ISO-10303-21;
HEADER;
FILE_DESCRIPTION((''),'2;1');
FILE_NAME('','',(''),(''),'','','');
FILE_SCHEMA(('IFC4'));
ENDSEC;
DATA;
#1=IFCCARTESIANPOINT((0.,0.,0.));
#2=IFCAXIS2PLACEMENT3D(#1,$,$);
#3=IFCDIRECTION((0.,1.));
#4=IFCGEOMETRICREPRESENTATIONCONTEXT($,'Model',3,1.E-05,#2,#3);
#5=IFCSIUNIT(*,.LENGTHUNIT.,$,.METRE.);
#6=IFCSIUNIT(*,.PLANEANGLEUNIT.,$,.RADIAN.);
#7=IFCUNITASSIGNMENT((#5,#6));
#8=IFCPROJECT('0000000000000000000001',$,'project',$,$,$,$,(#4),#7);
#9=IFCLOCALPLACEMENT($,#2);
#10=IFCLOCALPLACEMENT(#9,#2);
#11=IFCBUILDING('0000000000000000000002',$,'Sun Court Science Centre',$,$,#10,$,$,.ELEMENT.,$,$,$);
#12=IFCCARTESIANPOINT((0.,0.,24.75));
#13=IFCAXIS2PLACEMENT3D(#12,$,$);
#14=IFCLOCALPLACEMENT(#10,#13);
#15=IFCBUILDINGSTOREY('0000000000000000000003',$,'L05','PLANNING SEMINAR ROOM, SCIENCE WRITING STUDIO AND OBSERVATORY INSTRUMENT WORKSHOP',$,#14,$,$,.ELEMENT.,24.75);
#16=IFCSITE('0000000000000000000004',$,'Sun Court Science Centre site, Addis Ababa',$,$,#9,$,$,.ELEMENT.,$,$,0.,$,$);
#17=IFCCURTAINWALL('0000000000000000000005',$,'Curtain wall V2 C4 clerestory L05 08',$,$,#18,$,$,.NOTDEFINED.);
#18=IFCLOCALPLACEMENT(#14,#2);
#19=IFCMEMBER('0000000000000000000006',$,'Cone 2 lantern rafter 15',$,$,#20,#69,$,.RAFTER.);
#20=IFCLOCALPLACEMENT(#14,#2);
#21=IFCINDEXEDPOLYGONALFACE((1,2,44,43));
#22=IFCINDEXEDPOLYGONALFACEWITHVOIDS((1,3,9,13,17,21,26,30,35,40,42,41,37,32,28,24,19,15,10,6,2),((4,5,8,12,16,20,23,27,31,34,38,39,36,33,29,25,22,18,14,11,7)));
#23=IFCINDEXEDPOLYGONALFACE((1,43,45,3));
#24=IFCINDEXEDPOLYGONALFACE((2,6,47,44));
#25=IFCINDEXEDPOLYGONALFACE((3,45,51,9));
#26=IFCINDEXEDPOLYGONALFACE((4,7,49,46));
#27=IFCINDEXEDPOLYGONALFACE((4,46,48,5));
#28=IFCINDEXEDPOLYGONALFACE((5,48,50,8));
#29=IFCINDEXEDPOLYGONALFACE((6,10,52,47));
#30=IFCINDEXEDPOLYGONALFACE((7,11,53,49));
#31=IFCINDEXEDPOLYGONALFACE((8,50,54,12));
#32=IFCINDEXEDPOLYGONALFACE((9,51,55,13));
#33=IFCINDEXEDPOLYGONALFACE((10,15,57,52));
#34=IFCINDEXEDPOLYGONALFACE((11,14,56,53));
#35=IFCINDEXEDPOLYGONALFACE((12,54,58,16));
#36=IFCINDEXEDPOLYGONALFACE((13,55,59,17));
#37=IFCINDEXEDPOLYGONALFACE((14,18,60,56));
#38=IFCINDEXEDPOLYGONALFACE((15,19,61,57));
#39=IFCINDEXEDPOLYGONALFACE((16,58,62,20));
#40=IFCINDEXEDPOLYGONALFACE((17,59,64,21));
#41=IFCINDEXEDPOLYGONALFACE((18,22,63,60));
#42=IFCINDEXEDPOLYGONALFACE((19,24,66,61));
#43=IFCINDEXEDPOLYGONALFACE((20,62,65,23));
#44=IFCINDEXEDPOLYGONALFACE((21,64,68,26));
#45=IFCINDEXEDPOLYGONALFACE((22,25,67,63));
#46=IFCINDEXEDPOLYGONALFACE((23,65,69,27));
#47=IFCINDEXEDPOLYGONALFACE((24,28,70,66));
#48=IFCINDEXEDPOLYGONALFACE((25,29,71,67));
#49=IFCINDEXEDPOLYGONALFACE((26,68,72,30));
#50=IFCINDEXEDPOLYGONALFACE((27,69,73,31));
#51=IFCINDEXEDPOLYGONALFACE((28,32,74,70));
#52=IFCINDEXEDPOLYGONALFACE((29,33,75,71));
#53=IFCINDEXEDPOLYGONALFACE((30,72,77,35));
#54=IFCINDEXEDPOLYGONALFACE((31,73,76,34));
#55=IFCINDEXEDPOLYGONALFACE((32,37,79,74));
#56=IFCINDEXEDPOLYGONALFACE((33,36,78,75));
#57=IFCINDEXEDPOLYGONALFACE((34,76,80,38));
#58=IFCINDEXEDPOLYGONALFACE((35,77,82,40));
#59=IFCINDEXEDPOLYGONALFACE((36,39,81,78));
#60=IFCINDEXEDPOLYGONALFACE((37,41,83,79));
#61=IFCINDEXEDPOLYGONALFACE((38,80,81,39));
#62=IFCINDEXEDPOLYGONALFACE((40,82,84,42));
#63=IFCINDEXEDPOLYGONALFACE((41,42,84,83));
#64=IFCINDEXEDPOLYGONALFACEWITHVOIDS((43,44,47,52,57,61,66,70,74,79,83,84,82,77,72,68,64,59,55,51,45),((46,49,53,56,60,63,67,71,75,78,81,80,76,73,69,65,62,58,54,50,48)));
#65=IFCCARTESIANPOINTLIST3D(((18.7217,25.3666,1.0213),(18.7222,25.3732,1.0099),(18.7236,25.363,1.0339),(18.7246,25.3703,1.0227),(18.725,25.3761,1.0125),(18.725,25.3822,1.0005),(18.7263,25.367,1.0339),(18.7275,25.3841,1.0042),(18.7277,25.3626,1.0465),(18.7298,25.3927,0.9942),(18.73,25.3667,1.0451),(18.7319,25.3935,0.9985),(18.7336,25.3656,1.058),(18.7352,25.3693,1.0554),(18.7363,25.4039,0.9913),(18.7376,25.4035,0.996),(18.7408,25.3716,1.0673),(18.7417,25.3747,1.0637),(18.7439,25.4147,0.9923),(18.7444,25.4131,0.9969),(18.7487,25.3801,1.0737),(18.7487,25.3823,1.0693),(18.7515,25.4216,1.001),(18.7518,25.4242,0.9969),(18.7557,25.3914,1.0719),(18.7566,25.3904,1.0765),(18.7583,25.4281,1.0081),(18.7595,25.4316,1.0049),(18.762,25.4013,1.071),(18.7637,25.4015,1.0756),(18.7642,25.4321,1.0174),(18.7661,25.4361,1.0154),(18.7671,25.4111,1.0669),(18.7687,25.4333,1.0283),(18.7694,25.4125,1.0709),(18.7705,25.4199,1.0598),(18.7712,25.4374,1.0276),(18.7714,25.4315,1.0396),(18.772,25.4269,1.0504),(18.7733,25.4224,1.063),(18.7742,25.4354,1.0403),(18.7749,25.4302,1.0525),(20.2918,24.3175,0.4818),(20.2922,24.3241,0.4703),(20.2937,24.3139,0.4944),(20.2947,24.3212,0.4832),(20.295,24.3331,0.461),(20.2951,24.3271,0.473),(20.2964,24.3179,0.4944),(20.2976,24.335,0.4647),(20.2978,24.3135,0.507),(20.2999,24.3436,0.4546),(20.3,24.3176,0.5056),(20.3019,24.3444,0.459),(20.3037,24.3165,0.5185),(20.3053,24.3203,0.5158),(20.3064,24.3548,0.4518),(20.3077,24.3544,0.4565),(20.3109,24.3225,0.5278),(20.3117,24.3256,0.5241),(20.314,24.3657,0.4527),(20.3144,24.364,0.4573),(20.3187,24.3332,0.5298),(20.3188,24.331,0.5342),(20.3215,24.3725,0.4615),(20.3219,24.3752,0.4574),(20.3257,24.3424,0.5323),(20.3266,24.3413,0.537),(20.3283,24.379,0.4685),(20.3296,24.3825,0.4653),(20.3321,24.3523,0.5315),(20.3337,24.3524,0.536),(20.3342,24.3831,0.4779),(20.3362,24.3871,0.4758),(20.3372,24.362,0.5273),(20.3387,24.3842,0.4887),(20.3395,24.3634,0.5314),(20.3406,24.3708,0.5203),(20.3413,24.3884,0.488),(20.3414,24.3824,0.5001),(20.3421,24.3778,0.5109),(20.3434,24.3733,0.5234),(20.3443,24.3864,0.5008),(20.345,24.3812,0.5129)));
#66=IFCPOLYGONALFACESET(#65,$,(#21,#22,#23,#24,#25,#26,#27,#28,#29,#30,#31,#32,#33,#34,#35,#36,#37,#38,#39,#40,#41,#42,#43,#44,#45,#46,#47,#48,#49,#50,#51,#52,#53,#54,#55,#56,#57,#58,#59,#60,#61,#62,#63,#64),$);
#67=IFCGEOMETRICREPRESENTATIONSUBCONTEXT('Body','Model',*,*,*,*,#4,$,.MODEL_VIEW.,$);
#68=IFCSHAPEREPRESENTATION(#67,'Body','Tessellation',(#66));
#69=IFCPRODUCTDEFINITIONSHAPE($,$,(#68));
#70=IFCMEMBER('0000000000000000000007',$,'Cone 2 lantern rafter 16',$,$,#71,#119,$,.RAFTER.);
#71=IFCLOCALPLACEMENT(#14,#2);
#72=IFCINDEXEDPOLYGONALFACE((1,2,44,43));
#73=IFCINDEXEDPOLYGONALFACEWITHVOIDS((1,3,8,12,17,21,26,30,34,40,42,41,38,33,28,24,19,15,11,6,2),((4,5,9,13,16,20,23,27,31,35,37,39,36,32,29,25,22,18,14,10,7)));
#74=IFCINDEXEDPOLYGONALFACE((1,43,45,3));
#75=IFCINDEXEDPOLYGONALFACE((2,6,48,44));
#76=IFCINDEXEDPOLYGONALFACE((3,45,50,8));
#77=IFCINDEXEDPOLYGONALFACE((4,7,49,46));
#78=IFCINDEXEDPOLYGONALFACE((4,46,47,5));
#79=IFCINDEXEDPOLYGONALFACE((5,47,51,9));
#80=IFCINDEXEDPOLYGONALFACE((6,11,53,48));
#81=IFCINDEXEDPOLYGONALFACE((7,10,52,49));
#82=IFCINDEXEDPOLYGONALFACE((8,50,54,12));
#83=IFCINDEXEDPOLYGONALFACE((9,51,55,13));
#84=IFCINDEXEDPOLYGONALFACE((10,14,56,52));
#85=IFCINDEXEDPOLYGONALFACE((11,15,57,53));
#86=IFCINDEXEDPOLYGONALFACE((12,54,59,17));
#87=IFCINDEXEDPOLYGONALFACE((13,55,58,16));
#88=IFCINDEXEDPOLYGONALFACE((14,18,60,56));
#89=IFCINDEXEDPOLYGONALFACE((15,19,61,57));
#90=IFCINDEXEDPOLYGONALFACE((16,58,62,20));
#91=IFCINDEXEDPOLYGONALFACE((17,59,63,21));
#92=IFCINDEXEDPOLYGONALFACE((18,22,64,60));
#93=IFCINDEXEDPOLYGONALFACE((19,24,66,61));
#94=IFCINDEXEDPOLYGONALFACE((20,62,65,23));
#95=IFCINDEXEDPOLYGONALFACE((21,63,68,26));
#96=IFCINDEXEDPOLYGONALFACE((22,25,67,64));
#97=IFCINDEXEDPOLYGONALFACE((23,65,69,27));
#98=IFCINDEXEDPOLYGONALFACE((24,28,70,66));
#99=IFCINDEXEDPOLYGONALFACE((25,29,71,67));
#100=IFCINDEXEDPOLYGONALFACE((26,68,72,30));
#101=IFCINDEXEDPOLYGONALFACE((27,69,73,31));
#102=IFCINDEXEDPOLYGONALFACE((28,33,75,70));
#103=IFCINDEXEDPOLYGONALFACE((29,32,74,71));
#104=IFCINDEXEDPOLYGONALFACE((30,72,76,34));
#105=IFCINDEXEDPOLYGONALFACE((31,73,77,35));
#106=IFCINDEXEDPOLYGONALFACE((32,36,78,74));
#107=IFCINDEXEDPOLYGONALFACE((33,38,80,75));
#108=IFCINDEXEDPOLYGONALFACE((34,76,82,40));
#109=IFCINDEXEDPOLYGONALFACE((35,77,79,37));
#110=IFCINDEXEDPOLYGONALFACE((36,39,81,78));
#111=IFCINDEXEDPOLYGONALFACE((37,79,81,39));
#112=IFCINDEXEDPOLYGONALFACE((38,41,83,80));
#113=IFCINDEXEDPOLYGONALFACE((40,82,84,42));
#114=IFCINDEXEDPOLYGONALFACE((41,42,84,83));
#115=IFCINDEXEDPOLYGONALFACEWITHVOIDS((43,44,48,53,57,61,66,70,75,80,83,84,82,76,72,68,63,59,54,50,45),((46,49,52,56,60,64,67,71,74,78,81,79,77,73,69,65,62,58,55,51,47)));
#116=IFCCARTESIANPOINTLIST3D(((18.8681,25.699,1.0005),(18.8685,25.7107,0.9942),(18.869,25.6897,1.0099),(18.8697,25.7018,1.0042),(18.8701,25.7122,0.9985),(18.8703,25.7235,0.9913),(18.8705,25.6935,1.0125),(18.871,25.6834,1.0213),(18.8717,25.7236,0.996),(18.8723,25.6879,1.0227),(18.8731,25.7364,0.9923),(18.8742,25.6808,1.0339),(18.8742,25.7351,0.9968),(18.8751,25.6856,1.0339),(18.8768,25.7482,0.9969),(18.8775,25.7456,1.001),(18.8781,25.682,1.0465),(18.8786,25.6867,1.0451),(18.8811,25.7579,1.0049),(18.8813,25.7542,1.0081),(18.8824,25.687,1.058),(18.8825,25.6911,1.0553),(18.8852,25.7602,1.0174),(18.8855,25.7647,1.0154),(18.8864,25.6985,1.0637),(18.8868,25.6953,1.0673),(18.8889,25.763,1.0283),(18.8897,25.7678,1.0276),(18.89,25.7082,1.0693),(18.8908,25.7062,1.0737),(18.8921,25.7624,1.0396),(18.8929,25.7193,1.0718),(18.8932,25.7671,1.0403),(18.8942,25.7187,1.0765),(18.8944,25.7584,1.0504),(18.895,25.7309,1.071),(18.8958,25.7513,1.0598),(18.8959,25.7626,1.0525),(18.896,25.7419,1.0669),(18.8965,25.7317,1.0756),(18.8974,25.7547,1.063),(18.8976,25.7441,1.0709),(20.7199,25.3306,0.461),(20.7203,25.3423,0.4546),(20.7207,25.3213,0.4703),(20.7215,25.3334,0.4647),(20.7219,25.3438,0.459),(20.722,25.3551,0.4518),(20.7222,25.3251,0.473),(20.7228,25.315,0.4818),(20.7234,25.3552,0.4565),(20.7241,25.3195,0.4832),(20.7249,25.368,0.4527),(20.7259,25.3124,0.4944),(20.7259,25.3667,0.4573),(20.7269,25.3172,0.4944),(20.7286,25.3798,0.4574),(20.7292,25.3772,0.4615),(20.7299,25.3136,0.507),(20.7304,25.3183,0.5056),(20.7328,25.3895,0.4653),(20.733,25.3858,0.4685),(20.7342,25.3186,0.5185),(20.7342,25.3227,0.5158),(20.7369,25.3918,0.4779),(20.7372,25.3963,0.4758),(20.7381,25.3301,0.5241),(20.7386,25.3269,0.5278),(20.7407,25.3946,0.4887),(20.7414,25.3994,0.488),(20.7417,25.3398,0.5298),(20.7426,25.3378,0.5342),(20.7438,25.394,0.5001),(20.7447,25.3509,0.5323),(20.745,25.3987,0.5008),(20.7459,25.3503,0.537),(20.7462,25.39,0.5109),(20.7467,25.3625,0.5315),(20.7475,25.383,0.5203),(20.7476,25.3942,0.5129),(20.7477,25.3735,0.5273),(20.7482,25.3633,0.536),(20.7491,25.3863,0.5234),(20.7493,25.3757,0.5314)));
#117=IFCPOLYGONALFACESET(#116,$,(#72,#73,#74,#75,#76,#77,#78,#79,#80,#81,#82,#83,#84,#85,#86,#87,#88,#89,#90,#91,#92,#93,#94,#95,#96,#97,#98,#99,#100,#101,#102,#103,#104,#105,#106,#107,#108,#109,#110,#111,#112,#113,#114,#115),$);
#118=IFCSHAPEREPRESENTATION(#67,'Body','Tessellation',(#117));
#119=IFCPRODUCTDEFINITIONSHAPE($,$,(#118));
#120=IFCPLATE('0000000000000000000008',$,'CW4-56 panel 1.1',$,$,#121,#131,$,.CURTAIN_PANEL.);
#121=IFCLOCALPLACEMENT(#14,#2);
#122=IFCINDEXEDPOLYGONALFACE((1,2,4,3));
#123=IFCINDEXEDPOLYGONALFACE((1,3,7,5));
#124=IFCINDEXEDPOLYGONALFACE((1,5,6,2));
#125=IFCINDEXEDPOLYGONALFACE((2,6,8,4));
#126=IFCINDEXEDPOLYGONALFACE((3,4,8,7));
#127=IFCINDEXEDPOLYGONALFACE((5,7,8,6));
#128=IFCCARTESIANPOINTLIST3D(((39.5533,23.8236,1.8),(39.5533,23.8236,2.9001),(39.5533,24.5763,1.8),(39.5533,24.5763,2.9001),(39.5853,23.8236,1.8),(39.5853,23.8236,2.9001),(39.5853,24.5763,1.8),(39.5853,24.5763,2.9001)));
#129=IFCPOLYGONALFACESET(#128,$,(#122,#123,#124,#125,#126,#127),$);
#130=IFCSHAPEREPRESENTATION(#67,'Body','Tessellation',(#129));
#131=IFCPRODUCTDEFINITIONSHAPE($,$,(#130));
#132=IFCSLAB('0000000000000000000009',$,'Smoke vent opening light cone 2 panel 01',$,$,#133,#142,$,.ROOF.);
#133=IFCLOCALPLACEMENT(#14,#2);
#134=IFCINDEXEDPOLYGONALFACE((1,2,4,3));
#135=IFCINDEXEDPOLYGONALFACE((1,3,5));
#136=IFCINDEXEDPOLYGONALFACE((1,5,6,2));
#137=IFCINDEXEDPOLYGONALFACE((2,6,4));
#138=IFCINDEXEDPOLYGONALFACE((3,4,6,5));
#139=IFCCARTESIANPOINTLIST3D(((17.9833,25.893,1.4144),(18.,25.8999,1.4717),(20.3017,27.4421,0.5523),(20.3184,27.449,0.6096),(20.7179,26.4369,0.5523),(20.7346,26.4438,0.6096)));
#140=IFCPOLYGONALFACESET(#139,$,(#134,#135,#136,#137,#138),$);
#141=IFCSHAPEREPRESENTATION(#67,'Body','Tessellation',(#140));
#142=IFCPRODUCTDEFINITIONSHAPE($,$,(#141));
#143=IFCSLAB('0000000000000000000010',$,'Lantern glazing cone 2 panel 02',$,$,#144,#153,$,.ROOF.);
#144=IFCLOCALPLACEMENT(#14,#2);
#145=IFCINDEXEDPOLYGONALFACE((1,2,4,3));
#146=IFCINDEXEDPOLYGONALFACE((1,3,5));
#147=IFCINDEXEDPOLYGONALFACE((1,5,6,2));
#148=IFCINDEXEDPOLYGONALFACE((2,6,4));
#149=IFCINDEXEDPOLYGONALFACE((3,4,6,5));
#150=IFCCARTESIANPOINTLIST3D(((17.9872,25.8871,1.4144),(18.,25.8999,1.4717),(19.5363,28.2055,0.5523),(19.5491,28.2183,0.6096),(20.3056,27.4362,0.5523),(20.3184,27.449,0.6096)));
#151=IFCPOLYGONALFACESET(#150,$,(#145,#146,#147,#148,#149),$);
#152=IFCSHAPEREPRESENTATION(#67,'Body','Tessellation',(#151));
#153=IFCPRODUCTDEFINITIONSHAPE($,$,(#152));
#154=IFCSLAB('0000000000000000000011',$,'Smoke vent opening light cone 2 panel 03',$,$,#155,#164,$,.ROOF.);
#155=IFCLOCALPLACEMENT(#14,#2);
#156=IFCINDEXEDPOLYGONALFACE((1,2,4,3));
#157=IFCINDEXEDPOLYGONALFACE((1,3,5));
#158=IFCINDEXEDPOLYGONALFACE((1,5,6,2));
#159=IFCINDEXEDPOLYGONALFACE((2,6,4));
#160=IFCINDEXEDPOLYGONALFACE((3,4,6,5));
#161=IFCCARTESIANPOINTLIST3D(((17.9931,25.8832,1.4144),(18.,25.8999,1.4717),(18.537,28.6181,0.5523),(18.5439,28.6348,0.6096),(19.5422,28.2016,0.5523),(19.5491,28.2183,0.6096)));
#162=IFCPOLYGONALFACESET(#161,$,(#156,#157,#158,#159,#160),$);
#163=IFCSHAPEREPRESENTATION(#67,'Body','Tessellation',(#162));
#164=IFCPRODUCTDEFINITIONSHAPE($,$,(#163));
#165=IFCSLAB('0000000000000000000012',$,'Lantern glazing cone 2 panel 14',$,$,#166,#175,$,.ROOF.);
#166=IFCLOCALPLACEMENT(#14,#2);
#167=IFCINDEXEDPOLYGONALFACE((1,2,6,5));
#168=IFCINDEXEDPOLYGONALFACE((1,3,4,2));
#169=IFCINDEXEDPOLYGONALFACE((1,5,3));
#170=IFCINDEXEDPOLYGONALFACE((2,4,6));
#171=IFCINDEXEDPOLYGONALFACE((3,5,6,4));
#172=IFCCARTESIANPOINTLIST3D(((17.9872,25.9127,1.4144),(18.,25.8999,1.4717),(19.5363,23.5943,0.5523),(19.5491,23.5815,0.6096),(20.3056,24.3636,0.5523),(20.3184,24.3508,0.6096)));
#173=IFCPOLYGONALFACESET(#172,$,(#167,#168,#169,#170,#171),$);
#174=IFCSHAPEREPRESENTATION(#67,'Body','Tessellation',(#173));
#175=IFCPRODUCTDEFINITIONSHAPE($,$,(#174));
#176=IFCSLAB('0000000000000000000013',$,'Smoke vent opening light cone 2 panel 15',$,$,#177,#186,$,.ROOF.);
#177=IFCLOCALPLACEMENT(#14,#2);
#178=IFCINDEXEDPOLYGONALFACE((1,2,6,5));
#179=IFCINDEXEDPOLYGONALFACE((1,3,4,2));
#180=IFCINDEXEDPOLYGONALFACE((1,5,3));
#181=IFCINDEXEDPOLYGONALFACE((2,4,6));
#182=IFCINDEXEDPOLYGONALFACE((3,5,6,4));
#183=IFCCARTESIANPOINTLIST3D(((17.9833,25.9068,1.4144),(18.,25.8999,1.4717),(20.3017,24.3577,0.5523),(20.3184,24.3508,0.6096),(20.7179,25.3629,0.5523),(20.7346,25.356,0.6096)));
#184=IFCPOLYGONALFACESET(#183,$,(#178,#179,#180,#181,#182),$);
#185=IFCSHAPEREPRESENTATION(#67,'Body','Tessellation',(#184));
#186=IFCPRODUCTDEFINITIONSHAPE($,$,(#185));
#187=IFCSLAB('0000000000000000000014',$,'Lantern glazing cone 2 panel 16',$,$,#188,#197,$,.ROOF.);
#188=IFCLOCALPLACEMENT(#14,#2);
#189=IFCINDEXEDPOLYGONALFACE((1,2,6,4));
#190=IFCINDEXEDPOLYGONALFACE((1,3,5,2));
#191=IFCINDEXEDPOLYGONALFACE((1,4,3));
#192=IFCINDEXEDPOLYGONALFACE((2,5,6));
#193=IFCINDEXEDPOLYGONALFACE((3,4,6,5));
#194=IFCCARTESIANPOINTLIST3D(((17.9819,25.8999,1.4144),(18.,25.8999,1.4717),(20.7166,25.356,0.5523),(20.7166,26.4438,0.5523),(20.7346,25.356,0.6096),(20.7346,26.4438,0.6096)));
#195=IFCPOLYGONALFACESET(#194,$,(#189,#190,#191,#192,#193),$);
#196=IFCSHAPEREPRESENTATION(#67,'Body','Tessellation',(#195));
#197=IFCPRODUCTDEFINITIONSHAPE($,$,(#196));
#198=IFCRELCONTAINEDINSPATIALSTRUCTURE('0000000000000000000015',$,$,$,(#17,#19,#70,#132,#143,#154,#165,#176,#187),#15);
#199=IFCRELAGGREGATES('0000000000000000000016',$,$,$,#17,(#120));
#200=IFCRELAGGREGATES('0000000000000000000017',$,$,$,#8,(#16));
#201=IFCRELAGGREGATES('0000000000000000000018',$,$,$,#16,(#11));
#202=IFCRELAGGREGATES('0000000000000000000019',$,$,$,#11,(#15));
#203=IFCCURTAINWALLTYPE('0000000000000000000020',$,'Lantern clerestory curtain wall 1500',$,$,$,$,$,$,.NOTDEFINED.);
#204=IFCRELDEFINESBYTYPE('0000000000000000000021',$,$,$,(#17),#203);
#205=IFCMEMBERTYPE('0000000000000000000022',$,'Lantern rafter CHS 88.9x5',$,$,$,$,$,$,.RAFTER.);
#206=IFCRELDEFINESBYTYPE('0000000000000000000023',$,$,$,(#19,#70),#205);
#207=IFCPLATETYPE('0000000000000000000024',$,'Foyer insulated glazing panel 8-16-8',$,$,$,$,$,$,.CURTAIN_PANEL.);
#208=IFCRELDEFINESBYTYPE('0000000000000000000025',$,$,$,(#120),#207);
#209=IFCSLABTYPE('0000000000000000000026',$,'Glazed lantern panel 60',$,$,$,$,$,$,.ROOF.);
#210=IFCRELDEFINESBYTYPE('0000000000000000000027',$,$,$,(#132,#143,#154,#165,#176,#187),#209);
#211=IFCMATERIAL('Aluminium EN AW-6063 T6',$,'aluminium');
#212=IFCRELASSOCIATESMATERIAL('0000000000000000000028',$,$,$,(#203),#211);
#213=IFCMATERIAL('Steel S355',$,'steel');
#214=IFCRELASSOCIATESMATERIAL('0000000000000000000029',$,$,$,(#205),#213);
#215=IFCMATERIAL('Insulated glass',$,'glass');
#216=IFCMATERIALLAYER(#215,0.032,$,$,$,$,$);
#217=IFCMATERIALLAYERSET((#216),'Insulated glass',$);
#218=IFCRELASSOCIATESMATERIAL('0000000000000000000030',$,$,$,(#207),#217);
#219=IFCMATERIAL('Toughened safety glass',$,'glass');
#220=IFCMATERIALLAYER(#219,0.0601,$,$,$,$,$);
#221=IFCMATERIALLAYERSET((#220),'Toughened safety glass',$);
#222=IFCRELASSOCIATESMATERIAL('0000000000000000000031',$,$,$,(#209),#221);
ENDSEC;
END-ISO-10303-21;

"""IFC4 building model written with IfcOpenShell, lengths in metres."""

from ifc_helpers import new_model, si_unit, direction, frame, origin, origin_2d, place, context, subcontext, project, spatial, polyline, rectangle, hollow_circle, outline, extrude, material, layer, layer_set, material_profile, profile_set, type_object, element, aggregate, save


model = new_model("IFC4")

# Units and contexts
model_context = context("Model", 3, precision=1e-05, world=origin(), true_north=direction((0.0, 1.0)))
body_context = subcontext(model_context, "Body", "Model", "MODEL_VIEW")
ifc_project = project(units=[si_unit("LENGTHUNIT", "METRE"), si_unit("PLANEANGLEUNIT", "RADIAN")], contexts=[model_context])

# Site, building, storey
site_placement = place(None, origin())
site = spatial("IfcSite", under=ifc_project, at=site_placement, Name="Sun Court Science Centre site, Addis Ababa", CompositionType="ELEMENT", RefElevation=0.0)
building_placement = place(site_placement, origin())
building = spatial("IfcBuilding", under=site, at=building_placement, Name="Sun Court Science Centre", CompositionType="ELEMENT")
storey_placement = place(building_placement, frame((0.0, 0.0, 24.75)))
storey = spatial("IfcBuildingStorey", under=building, at=storey_placement, Name="L05", Description="PLANNING SEMINAR ROOM, SCIENCE WRITING STUDIO AND OBSERVATORY INSTRUMENT WORKSHOP", CompositionType="ELEMENT", Elevation=24.75)

# Shared definitions
ifc_material_1 = material(Name="Aluminium EN AW-6063 T6", Category="aluminium")
curtain_wall_type = type_object("IfcCurtainWallType", Name="Lantern clerestory curtain wall 1500", PredefinedType="NOTDEFINED", material=ifc_material_1)

# Curtain wall
curtain_wall_1_placement = place(storey_placement, origin())
curtain_wall_1 = element("IfcCurtainWall", 1, at=curtain_wall_1_placement, inside=storey, type_object=curtain_wall_type, Name="Curtain wall V2 C4 clerestory L05 08", PredefinedType="NOTDEFINED")

# Members
ifc_material_2 = material(Name="Steel S355", Category="steel")
ifc_material_profile_1 = material_profile(ifc_material_2, hollow_circle(Radius=0.0444, WallThickness=0.0049, at=origin_2d()), Name="CHS 88.9x5")
ifc_profile_set_1 = profile_set([ifc_material_profile_1], Name="Steel S355")
member_type_1 = type_object("IfcMemberType", Name="Lantern rafter CHS 88.9x5", PredefinedType="RAFTER", material=ifc_profile_set_1)
for number, where, z_axis, x_axis, name in (
    (2, (20.3184, 24.3508, 0.4944), (-0.799477, 0.534186, 0.274739), (-0.555565, -0.831473, 0.0), "Cone 2 lantern rafter 15"),
):
    element("IfcMember", number, at=place(storey_placement, frame(where, z_axis=z_axis, x_axis=x_axis)), inside=storey, type_object=member_type_1, Name=name, PredefinedType="RAFTER", context=body_context, shape_type="SweptSolid", body=[
        extrude(hollow_circle(Radius=0.0444, WallThickness=0.0049, at=origin_2d()), origin(), (0.0, 0.0, 1.0), 1.9639),
    ])
member_1_placement = place(storey_placement, frame((20.7346, 25.356, 0.4944), z_axis=(-0.94303, 0.187611, 0.274766), x_axis=(-0.195121, -0.980779, 0.0)))
element("IfcMember", 3, at=member_1_placement, inside=storey, type_object=member_type_1, Name="Cone 2 lantern rafter 16", PredefinedType="RAFTER", context=body_context, shape_type="SweptSolid", body=[
    extrude(hollow_circle(Radius=0.0444, WallThickness=0.0049, at=origin_2d()), origin(), (0.0, 0.0, 1.0), 1.9636),
])

# Plate
ifc_material_3 = material(Name="Insulated glass", Category="glass")
ifc_layer_1 = layer(ifc_material_3, 0.032)
ifc_layer_set_1 = layer_set([ifc_layer_1], Name="Insulated glass")
plate_type = type_object("IfcPlateType", Name="Foyer insulated glazing panel 8-16-8", PredefinedType="CURTAIN_PANEL", material=ifc_layer_set_1)
plate_placement = place(storey_placement, frame((39.5693, 24.2, 1.8), z_axis=(0.0, 0.0, 1.0), x_axis=(0.0, 1.0, 0.0)))
plate = element("IfcPlate", 4, at=plate_placement, type_object=plate_type, Name="CW4-56 panel 1.1", PredefinedType="CURTAIN_PANEL", context=body_context, shape_type="SweptSolid", body=[
    extrude(rectangle(XDim=0.7527, YDim=0.032, at=origin_2d()), origin(), (0.0, 0.0, 1.0), 1.1001),
])
aggregate(curtain_wall_1, [plate])

# Slabs
ifc_material_4 = material(Name="Toughened safety glass", Category="glass")
ifc_layer_2 = layer(ifc_material_4, 0.0601)
ifc_layer_set_2 = layer_set([ifc_layer_2], Name="Toughened safety glass")
slab_type = type_object("IfcSlabType", Name="Glazed lantern panel 60", PredefinedType="ROOF", material=ifc_layer_set_2)
slab_1_placement = place(storey_placement, frame((20.7346, 26.4438, 0.6096), z_axis=(0.277773, 0.115036, 0.953734), x_axis=(-0.382623, 0.923905, 0.0)))
element("IfcSlab", 5, at=slab_1_placement, inside=storey, type_object=slab_type, Name="Smoke vent opening light cone 2 panel 01", PredefinedType="ROOF", context=body_context, shape_type="SweptSolid", body=[
    extrude(outline(polyline([(0.0, 0.0), (1.0879, 0.0), (0.5438, 2.8673), (0.0, 0.0)])), origin(), (0.0, 0.0, -1.0), 0.0601),
])
slab_2_placement = place(storey_placement, frame((20.3184, 27.449, 0.6096), z_axis=(0.21259, 0.21259, 0.953735), x_axis=(-0.707107, 0.707107, 0.0)))
element("IfcSlab", 6, at=slab_2_placement, inside=storey, type_object=slab_type, Name="Lantern glazing cone 2 panel 02", PredefinedType="ROOF", context=body_context, shape_type="SweptSolid", body=[
    extrude(outline(polyline([(0.0, 0.0), (1.0879, 0.0), (0.544, 2.8673), (0.0, 0.0)])), origin(), (0.0, 0.0, -1.0), 0.0601),
])
slab_3_placement = place(storey_placement, frame((19.5491, 28.2183, 0.6096), z_axis=(0.115089, 0.277739, 0.953738), x_axis=(-0.923825, 0.382814, 0.0)))
element("IfcSlab", 7, at=slab_3_placement, inside=storey, type_object=slab_type, Name="Smoke vent opening light cone 2 panel 03", PredefinedType="ROOF", context=body_context, shape_type="SweptSolid", body=[
    extrude(outline(polyline([(0.0, 0.0), (1.088, 0.0), (0.5436, 2.8674), (0.0, 0.0)])), origin(), (0.0, 0.0, -1.0), 0.0601),
])
slab_4_placement = place(storey_placement, frame((19.5491, 23.5815, 0.6096), z_axis=(0.21259, -0.21259, 0.953735), x_axis=(0.707107, 0.707107, 0.0)))
element("IfcSlab", 8, at=slab_4_placement, inside=storey, type_object=slab_type, Name="Lantern glazing cone 2 panel 14", PredefinedType="ROOF", context=body_context, shape_type="SweptSolid", body=[
    extrude(outline(polyline([(0.0, 0.0), (1.0879, 0.0), (0.544, 2.8673), (0.0, 0.0)])), origin(), (0.0, 0.0, -1.0), 0.0601),
])
slab_5_placement = place(storey_placement, frame((20.3184, 24.3508, 0.6096), z_axis=(0.277773, -0.115036, 0.953734), x_axis=(0.382623, 0.923905, 0.0)))
element("IfcSlab", 9, at=slab_5_placement, inside=storey, type_object=slab_type, Name="Smoke vent opening light cone 2 panel 15", PredefinedType="ROOF", context=body_context, shape_type="SweptSolid", body=[
    extrude(outline(polyline([(0.0, 0.0), (1.0879, 0.0), (0.5441, 2.8673), (0.0, 0.0)])), origin(), (0.0, 0.0, -1.0), 0.0601),
])
slab_6_placement = place(storey_placement, frame((20.7346, 25.356, 0.6096), z_axis=(0.300655, 0.0, 0.953733), x_axis=(0.0, 1.0, 0.0)))
element("IfcSlab", 10, at=slab_6_placement, inside=storey, type_object=slab_type, Name="Lantern glazing cone 2 panel 16", PredefinedType="ROOF", context=body_context, shape_type="SweptSolid", body=[
    extrude(outline(polyline([(0.0, 0.0), (1.0879, 0.0), (0.5439, 2.8673), (0.0, 0.0)])), origin(), (0.0, 0.0, -1.0), 0.0601),
])

save(model, "model.ifc")
